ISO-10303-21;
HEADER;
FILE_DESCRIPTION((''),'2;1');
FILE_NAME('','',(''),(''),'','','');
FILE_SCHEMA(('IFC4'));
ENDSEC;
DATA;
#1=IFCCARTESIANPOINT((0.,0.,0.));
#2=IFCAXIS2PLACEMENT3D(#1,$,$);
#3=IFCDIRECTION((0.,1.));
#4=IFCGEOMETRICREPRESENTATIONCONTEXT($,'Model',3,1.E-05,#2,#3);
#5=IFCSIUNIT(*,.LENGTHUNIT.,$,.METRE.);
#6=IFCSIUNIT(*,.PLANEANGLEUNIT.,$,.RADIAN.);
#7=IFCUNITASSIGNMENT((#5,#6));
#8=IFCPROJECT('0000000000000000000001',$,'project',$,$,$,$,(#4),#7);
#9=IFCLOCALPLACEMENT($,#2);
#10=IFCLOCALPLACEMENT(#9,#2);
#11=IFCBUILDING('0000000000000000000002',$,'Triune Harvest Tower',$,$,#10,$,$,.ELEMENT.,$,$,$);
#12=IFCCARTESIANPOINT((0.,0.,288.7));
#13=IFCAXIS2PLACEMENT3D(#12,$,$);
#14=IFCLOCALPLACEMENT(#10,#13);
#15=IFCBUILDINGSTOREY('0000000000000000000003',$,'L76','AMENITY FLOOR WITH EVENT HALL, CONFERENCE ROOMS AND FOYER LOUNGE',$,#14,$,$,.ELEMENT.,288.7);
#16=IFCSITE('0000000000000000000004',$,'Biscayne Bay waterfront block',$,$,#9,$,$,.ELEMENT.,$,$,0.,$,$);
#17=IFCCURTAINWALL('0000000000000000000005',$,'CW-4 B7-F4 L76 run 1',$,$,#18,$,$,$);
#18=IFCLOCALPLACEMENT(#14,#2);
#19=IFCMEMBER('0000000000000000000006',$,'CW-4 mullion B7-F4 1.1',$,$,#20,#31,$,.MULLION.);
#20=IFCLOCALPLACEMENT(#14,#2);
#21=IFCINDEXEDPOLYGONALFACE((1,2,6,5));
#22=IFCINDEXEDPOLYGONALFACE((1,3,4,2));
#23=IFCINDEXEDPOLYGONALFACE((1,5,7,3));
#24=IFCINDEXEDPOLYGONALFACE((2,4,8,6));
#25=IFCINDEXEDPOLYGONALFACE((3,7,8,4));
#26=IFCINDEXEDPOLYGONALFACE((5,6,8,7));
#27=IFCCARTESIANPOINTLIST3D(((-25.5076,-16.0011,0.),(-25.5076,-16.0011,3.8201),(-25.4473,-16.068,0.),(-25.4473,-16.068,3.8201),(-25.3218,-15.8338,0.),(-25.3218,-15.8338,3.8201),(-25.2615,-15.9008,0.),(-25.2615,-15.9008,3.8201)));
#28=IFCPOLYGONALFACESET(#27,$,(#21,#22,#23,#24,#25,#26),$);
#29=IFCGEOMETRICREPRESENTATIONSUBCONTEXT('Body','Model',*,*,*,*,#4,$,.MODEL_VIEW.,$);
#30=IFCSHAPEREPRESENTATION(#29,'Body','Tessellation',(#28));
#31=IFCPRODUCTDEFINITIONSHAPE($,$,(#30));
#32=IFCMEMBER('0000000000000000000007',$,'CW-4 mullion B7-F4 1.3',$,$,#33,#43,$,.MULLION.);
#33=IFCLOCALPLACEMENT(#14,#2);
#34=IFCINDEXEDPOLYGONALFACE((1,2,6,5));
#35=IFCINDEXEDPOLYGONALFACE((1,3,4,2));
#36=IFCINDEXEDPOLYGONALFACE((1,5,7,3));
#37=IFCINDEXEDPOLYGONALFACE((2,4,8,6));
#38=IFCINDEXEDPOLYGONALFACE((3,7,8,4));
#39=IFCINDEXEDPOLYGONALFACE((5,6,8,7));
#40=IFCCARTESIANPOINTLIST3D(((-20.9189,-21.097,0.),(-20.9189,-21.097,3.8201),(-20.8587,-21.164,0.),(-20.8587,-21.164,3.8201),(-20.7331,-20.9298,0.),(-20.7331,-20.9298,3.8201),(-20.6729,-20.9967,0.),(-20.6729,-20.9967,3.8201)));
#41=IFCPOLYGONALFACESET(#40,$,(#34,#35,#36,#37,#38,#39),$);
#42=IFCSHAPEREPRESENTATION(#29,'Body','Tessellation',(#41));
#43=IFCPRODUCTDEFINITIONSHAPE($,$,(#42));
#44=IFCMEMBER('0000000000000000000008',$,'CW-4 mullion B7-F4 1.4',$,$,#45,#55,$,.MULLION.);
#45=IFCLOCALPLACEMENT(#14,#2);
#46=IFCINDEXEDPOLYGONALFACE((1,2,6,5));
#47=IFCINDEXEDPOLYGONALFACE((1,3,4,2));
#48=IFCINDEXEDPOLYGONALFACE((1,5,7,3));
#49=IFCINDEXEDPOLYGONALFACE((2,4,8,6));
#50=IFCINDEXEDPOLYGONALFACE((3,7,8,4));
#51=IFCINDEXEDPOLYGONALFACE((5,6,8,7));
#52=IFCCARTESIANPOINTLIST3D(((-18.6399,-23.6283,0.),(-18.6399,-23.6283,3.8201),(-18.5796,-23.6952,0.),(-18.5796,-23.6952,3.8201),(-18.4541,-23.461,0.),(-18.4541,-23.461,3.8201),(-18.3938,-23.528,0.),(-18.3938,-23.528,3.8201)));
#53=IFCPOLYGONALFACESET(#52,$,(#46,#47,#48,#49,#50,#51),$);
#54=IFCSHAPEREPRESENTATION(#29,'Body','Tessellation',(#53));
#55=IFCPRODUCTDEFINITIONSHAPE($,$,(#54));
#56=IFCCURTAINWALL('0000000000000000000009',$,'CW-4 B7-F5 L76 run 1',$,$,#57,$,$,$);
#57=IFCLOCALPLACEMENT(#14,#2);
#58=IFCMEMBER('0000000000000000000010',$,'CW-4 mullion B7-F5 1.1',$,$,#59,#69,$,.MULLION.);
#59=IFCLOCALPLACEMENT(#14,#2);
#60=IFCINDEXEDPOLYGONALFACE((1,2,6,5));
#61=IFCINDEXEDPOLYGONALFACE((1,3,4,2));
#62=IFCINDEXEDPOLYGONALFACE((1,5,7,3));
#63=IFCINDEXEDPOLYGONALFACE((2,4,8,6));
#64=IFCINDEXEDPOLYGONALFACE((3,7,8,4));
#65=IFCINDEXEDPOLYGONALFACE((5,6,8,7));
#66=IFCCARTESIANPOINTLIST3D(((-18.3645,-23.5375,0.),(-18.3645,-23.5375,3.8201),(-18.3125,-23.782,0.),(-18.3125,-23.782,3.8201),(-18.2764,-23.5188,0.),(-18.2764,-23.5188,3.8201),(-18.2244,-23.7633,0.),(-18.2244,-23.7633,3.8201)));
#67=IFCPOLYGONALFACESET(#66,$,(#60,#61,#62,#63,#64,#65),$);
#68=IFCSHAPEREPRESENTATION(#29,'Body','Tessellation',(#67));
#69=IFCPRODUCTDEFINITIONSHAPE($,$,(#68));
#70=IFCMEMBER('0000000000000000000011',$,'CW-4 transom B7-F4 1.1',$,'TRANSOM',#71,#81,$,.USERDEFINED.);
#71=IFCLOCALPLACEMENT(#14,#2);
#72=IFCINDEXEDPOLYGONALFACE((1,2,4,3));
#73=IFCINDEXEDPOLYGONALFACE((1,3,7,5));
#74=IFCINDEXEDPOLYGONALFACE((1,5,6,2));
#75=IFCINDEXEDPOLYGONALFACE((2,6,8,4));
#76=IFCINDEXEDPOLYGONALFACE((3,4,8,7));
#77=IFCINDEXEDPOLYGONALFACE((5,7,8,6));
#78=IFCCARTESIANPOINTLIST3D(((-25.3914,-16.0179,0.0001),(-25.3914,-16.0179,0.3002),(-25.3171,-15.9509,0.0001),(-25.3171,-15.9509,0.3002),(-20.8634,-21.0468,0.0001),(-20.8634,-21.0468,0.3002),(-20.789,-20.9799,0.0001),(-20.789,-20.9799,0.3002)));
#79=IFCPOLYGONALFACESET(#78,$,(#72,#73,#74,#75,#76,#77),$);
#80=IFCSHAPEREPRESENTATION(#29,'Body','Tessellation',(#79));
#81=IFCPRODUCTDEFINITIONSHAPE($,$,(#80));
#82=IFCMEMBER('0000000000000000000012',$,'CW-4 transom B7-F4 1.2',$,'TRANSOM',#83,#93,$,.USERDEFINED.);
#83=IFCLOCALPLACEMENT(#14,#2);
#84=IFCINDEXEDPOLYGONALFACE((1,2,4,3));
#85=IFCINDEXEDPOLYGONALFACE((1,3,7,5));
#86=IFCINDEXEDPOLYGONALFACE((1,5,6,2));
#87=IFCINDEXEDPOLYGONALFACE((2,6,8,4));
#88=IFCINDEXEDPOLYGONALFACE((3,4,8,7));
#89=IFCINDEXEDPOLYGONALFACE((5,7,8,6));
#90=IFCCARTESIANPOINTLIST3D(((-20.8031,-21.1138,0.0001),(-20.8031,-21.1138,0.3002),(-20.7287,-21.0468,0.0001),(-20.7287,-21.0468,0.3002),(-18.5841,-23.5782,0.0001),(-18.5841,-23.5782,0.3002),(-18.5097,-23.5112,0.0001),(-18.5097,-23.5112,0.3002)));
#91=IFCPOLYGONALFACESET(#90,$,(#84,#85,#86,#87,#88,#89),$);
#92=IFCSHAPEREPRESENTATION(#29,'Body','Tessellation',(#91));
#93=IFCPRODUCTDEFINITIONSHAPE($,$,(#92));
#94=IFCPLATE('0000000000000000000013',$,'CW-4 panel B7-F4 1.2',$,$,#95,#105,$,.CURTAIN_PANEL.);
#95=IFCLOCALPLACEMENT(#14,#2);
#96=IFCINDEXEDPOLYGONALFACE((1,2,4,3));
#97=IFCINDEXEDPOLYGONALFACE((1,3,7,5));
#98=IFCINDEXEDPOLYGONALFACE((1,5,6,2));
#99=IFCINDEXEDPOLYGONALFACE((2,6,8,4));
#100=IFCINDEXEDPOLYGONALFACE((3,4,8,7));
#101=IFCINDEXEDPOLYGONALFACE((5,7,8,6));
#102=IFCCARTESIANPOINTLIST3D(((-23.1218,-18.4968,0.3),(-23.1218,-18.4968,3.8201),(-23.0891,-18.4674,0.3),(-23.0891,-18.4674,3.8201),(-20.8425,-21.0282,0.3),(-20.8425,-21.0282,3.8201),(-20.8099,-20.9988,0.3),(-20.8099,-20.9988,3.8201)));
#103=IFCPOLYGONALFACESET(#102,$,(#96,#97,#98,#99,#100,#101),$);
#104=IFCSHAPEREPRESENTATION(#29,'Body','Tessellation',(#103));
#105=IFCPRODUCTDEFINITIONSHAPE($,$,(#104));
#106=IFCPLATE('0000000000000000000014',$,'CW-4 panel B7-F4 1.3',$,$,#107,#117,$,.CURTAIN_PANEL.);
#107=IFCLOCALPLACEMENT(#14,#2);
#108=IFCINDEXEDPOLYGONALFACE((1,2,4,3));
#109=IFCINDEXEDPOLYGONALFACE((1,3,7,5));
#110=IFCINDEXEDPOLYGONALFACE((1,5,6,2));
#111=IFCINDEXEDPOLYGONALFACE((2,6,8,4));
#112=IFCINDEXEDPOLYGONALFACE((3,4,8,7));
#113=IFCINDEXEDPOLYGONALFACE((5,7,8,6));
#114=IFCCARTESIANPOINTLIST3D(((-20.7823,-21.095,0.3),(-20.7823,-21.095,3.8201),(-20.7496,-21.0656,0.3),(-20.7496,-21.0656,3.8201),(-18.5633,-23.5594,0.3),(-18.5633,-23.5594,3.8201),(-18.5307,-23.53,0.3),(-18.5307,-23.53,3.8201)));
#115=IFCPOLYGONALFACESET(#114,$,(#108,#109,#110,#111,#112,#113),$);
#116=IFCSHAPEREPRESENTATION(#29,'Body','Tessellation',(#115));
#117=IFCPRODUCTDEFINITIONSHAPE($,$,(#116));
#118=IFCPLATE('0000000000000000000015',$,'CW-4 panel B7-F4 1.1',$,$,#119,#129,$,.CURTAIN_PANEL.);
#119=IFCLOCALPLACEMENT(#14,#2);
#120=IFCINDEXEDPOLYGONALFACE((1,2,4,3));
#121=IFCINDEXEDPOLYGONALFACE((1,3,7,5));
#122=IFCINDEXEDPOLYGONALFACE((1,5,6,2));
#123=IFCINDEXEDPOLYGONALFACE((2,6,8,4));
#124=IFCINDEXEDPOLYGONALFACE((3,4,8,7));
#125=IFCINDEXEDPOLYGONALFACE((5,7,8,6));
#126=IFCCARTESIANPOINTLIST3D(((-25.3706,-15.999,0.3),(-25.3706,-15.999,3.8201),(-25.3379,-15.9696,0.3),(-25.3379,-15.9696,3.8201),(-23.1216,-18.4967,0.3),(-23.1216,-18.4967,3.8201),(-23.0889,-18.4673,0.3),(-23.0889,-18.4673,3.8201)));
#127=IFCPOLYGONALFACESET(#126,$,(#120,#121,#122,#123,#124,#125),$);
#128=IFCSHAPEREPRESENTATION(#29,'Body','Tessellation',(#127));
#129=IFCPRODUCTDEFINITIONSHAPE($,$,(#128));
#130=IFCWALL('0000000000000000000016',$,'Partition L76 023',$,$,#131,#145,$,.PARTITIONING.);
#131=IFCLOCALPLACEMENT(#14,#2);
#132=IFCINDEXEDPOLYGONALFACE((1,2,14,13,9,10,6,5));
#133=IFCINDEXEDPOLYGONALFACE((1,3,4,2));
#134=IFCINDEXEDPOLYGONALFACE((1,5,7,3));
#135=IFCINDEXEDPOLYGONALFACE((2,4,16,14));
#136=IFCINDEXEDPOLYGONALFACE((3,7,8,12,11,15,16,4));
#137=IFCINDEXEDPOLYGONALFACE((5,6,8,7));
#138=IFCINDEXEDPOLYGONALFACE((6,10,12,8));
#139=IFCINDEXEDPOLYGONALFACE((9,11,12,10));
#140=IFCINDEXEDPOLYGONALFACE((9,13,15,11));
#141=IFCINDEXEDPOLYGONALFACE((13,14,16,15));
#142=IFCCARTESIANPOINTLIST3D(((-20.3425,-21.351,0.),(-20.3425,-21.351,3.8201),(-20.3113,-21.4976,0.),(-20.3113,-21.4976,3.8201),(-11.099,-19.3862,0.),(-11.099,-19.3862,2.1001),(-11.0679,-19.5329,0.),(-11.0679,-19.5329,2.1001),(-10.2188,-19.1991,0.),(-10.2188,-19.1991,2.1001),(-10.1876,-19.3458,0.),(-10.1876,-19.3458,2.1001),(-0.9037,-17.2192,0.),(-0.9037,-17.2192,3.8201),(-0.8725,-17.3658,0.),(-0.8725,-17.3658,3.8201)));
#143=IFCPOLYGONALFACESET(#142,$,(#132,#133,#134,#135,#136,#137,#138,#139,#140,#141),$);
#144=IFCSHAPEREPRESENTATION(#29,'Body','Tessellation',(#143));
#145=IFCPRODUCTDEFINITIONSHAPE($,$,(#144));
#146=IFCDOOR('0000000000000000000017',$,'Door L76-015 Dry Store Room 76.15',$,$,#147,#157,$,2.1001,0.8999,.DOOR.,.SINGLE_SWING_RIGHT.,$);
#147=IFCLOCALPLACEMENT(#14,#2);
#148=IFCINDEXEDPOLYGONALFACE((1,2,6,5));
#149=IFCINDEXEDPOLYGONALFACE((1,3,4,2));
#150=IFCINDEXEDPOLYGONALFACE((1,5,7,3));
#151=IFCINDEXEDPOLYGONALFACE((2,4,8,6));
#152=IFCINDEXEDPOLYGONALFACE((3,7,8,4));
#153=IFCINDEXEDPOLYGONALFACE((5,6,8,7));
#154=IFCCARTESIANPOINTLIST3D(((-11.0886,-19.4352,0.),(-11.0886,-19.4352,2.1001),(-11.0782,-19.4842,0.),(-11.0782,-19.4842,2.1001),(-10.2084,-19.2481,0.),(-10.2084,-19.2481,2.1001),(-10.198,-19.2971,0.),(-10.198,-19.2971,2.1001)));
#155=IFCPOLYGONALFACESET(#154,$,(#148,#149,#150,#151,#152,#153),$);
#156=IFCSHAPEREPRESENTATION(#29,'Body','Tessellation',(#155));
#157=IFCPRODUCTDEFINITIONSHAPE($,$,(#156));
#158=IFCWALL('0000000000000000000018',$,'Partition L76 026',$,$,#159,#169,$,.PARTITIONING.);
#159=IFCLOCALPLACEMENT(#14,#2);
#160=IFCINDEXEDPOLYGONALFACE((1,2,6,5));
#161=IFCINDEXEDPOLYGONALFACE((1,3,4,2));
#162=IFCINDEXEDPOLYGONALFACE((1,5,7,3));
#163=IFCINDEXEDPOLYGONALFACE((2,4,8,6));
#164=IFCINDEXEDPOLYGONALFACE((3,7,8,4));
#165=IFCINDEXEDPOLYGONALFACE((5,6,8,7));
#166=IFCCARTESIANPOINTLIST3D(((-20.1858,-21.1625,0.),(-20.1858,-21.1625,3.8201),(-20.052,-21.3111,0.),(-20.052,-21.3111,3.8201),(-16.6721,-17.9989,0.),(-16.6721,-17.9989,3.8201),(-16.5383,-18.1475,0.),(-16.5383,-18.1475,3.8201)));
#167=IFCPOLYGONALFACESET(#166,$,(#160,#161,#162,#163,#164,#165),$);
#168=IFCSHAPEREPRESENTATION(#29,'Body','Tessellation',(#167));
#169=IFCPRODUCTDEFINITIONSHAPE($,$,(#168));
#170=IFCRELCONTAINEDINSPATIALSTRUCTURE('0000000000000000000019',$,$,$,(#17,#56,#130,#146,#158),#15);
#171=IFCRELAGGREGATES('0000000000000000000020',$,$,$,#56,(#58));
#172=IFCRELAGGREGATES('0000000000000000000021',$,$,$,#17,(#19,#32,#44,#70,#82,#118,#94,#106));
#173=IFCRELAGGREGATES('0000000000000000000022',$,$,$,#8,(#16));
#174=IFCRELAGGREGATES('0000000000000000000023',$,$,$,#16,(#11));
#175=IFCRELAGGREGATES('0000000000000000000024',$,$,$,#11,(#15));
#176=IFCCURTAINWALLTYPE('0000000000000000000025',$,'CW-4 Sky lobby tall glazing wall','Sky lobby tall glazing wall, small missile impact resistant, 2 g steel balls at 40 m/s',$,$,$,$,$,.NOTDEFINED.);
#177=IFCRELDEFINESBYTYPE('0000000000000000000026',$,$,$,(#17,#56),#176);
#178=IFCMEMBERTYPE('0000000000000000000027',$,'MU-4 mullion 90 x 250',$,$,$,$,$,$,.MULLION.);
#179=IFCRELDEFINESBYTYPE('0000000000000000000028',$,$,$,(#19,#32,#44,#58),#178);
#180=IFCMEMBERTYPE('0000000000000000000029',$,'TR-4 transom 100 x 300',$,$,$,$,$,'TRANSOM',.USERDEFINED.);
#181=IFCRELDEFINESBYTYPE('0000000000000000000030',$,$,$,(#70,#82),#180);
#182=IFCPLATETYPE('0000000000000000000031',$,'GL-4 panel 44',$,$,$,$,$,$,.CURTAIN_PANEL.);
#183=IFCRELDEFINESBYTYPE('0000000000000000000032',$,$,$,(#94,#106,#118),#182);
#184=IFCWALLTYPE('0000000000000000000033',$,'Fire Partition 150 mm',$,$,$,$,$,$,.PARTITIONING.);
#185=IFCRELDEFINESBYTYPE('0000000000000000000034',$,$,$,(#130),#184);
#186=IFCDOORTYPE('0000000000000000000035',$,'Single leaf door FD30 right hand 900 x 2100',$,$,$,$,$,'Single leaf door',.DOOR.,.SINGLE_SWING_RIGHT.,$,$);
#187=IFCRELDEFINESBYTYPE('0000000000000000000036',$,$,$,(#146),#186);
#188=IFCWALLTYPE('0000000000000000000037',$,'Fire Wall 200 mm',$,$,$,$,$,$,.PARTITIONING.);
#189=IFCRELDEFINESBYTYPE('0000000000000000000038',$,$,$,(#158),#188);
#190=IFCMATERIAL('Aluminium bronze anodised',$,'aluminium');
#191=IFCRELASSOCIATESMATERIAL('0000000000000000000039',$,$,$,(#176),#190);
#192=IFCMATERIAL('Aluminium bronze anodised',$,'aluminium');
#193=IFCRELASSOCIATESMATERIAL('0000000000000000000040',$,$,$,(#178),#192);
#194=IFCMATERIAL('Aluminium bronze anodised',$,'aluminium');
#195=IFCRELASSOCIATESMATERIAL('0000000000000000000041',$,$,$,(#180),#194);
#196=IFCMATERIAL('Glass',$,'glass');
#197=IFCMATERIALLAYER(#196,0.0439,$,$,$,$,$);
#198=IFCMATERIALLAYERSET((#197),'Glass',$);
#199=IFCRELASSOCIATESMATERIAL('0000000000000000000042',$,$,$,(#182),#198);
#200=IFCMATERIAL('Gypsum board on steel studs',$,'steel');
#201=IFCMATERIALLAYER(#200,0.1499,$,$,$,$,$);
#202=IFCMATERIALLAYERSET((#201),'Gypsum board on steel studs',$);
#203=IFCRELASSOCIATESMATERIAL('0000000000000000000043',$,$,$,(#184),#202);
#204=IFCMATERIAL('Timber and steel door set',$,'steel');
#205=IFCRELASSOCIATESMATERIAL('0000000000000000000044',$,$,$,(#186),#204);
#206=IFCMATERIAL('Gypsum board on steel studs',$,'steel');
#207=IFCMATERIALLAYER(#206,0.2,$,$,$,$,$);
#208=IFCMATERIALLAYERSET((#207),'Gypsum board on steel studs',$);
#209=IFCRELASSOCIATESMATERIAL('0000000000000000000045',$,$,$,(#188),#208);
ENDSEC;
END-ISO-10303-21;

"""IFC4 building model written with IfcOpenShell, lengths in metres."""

from ifc_helpers import new_model, si_unit, direction, frame, frame_2d, origin, origin_2d, place, context, subcontext, project, spatial, rectangle, extrude, source, transform, mapped, material, layer, layer_set, material_profile, profile_set, type_object, element, fill, aggregate, save


model = new_model("IFC4")

# Units and contexts
model_context = context("Model", 3, precision=1e-05, world=origin(), true_north=direction((0.0, 1.0)))
body_context = subcontext(model_context, "Body", "Model", "MODEL_VIEW")
ifc_project = project(units=[si_unit("LENGTHUNIT", "METRE"), si_unit("PLANEANGLEUNIT", "RADIAN")], contexts=[model_context])

# Site, building, storey
site_placement = place(None, origin())
site = spatial("IfcSite", under=ifc_project, at=site_placement, Name="Biscayne Bay waterfront block", CompositionType="ELEMENT", RefElevation=0.0)
building_placement = place(site_placement, origin())
building = spatial("IfcBuilding", under=site, at=building_placement, Name="Triune Harvest Tower", CompositionType="ELEMENT")
storey_placement = place(building_placement, frame((0.0, 0.0, 288.7)))
storey = spatial("IfcBuildingStorey", under=building, at=storey_placement, Name="L76", Description="AMENITY FLOOR WITH EVENT HALL, CONFERENCE ROOMS AND FOYER LOUNGE", CompositionType="ELEMENT", Elevation=288.7)

# Shared definitions
ifc_material_1 = material(Name="Aluminium bronze anodised", Category="aluminium")
curtain_wall_type = type_object("IfcCurtainWallType", Name="CW-4 Sky lobby tall glazing wall", Description="Sky lobby tall glazing wall, small missile impact resistant, 2 g steel balls at 40 m/s", PredefinedType="NOTDEFINED", material=ifc_material_1)
ifc_material_2 = material(Name="Aluminium bronze anodised", Category="aluminium")
ifc_material_profile_1 = material_profile(ifc_material_2, rectangle(XDim=0.25, YDim=0.0901, at=origin_2d()), Name="MU-4 mullion 90 x 250")
ifc_profile_set_1 = profile_set([ifc_material_profile_1], Name="Aluminium bronze anodised")
member_type_1 = type_object("IfcMemberType", Name="MU-4 mullion 90 x 250", PredefinedType="MULLION", material=ifc_profile_set_1)
shared_shape_1 = source(origin(), body_context, "Body", "SweptSolid", [
    extrude(rectangle(XDim=0.25, YDim=0.0901, at=origin_2d()), origin(), (0.0, 0.0, 1.0), 3.8201),
])

# Curtain wall, members
curtain_wall_1_placement = place(storey_placement, origin())
curtain_wall_1 = element("IfcCurtainWall", 1, at=curtain_wall_1_placement, inside=storey, type_object=curtain_wall_type, Name="CW-4 B7-F4 L76 run 1")
member_1_placement = place(storey_placement, frame((-25.3845, -15.9509, 0.0), z_axis=(0.0, 0.0, 1.0), x_axis=(0.743144, 0.669132, 0.0)))
member_1 = element("IfcMember", 2, at=member_1_placement, type_object=member_type_1, Name="CW-4 mullion B7-F4 1.1", PredefinedType="MULLION", context=body_context, shape_type="MappedRepresentation", body=[
    mapped(shared_shape_1, transform((0.0, 0.0, 0.0), scale=1.0)),
])
member_2_placement = place(storey_placement, frame((-20.7959, -21.0469, 0.0), z_axis=(0.0, 0.0, 1.0), x_axis=(0.743144, 0.669132, 0.0)))
member_2 = element("IfcMember", 3, at=member_2_placement, type_object=member_type_1, Name="CW-4 mullion B7-F4 1.3", PredefinedType="MULLION", context=body_context, shape_type="MappedRepresentation", body=[
    mapped(shared_shape_1, transform((0.0, 0.0, 0.0), scale=1.0)),
])
member_3_placement = place(storey_placement, frame((-18.5168, -23.5781, 0.0), z_axis=(0.0, 0.0, 1.0), x_axis=(0.743144, 0.669132, 0.0)))
member_3 = element("IfcMember", 4, at=member_3_placement, type_object=member_type_1, Name="CW-4 mullion B7-F4 1.4", PredefinedType="MULLION", context=body_context, shape_type="MappedRepresentation", body=[
    mapped(shared_shape_1, transform((0.0, 0.0, 0.0), scale=1.0)),
])

# Curtain wall, member
curtain_wall_2_placement = place(storey_placement, origin())
curtain_wall_2 = element("IfcCurtainWall", 5, at=curtain_wall_2_placement, inside=storey, type_object=curtain_wall_type, Name="CW-4 B7-F5 L76 run 1")
member_4_placement = place(storey_placement, frame((-18.2944, -23.6504, 0.0), z_axis=(0.0, 0.0, 1.0), x_axis=(-0.207901, 0.97815, 0.0)))
member_4 = element("IfcMember", 6, at=member_4_placement, type_object=member_type_1, Name="CW-4 mullion B7-F5 1.1", PredefinedType="MULLION", context=body_context, shape_type="MappedRepresentation", body=[
    mapped(shared_shape_1, transform((0.0, 0.0, 0.0), scale=1.0)),
])
aggregate(curtain_wall_2, [member_4])

# Members
ifc_material_3 = material(Name="Aluminium bronze anodised", Category="aluminium")
ifc_material_profile_2 = material_profile(ifc_material_3, rectangle(XDim=0.1001, YDim=0.3, at=origin_2d()), Name="TR-4 transom 100 x 300")
ifc_profile_set_2 = profile_set([ifc_material_profile_2], Name="Aluminium bronze anodised")
member_type_2 = type_object("IfcMemberType", Name="TR-4 transom 100 x 300", ElementType="TRANSOM", PredefinedType="USERDEFINED", material=ifc_profile_set_2)
shared_shape_2 = source(origin(), body_context, "Body", "SweptSolid", [
    extrude(rectangle(XDim=0.1001, YDim=0.3, at=origin_2d()), origin(), (0.0, 0.0, 1.0), 6.7671),
])
member_5_placement = place(storey_placement, frame((-25.3542, -15.9844, 0.1501), z_axis=(0.669122, -0.743152, 0.0), x_axis=(0.743152, 0.669122, 0.0)))
member_5 = element("IfcMember", 7, at=member_5_placement, type_object=member_type_2, Name="CW-4 transom B7-F4 1.1", ObjectType="TRANSOM", PredefinedType="USERDEFINED", context=body_context, shape_type="MappedRepresentation", body=[
    mapped(shared_shape_2, transform((0.0, 0.0, 0.0), scale=1.0)),
])
shared_shape_3 = source(origin(), body_context, "Body", "SweptSolid", [
    extrude(rectangle(XDim=0.1001, YDim=0.3, at=origin_2d()), origin(), (0.0, 0.0, 1.0), 3.3162),
])
member_6_placement = place(storey_placement, frame((-20.7659, -21.0803, 0.1501), z_axis=(0.669144, -0.743133, 0.0), x_axis=(0.743133, 0.669144, 0.0)))
member_6 = element("IfcMember", 8, at=member_6_placement, type_object=member_type_2, Name="CW-4 transom B7-F4 1.2", ObjectType="TRANSOM", PredefinedType="USERDEFINED", context=body_context, shape_type="MappedRepresentation", body=[
    mapped(shared_shape_3, transform((0.0, 0.0, 0.0), scale=1.0)),
])

# Plates
ifc_material_4 = material(Name="Glass", Category="glass")
ifc_layer_1 = layer(ifc_material_4, 0.0439)
ifc_layer_set_1 = layer_set([ifc_layer_1], Name="Glass")
plate_type = type_object("IfcPlateType", Name="GL-4 panel 44", PredefinedType="CURTAIN_PANEL", material=ifc_layer_set_1)
shared_shape_4 = source(origin(), body_context, "Body", "SweptSolid", [
    extrude(rectangle(XDim=3.4062, YDim=0.0439, at=origin_2d()), origin(), (0.0, 0.0, 1.0), 3.52),
])
plate_1_placement = place(storey_placement, frame((-21.9658, -19.7478, 0.3), z_axis=(0.0, 0.0, 1.0), x_axis=(0.669132, -0.743144, 0.0)))
plate_1 = element("IfcPlate", 9, at=plate_1_placement, type_object=plate_type, Name="CW-4 panel B7-F4 1.2", PredefinedType="CURTAIN_PANEL", context=body_context, shape_type="MappedRepresentation", body=[
    mapped(shared_shape_4, transform((0.0, 0.0, 0.0), scale=1.0)),
])
shared_shape_5 = source(origin(), body_context, "Body", "SweptSolid", [
    extrude(rectangle(XDim=3.3162, YDim=0.0439, at=origin_2d()), origin(), (0.0, 0.0, 1.0), 3.52),
])
plate_2_placement = place(storey_placement, frame((-19.6565, -22.3125, 0.3), z_axis=(0.0, 0.0, 1.0), x_axis=(0.669132, -0.743144, 0.0)))
plate_2 = element("IfcPlate", 10, at=plate_2_placement, type_object=plate_type, Name="CW-4 panel B7-F4 1.3", PredefinedType="CURTAIN_PANEL", context=body_context, shape_type="MappedRepresentation", body=[
    mapped(shared_shape_5, transform((0.0, 0.0, 0.0), scale=1.0)),
])
shared_shape_6 = source(origin(), body_context, "Body", "SweptSolid", [
    extrude(rectangle(XDim=3.3611, YDim=0.0439, at=origin_2d()), origin(), (0.0, 0.0, 1.0), 3.52),
])
plate_3_placement = place(storey_placement, frame((-24.2297, -17.2332, 0.3), z_axis=(0.0, 0.0, 1.0), x_axis=(0.669132, -0.743144, 0.0)))
plate_3 = element("IfcPlate", 11, at=plate_3_placement, type_object=plate_type, Name="CW-4 panel B7-F4 1.1", PredefinedType="CURTAIN_PANEL", context=body_context, shape_type="MappedRepresentation", body=[
    mapped(shared_shape_6, transform((0.0, 0.0, 0.0), scale=1.0)),
])
aggregate(curtain_wall_1, [member_1, member_2, member_3, member_5, member_6, plate_3, plate_1, plate_2])

# Wall, opening, door
ifc_material_5 = material(Name="Gypsum board on steel studs", Category="steel")
ifc_layer_2 = layer(ifc_material_5, 0.1499)
ifc_layer_set_2 = layer_set([ifc_layer_2], Name="Gypsum board on steel studs")
wall_type_1 = type_object("IfcWallType", Name="Fire Partition 150 mm", PredefinedType="PARTITIONING", material=ifc_layer_set_2)
wall_1_placement = place(storey_placement, frame((-20.3269, -21.4243, 0.0), z_axis=(0.0, 0.0, 1.0), x_axis=(0.978148, 0.207912, 0.0)))
wall_1 = element("IfcWall", 12, at=wall_1_placement, inside=storey, type_object=wall_type_1, Name="Partition L76 023", PredefinedType="PARTITIONING", context=body_context, shape_type="SweptSolid", body=[
    extrude(rectangle(XDim=19.873, YDim=0.1499, at=frame_2d((9.9365, 0.0))), origin(), (0.0, 0.0, 1.0), 3.8201),
])
opening_placement = place(wall_1_placement, frame((9.45, 0.0, 0.0)))
opening = element("IfcOpeningElement", 13, at=opening_placement, cuts=wall_1, PredefinedType="OPENING", context=body_context, shape_type="SweptSolid", body=[
    extrude(rectangle(XDim=0.8999, YDim=2.1001, at=frame_2d((0.45, 1.05))), frame((0.0, 0.085, 0.0), z_axis=(0.0, -1.0, 0.0), x_axis=(1.0, 0.0, 0.0)), (0.0, 0.0, 1.0), 0.1699),
])
ifc_material_6 = material(Name="Timber and steel door set", Category="steel")
door_type = type_object("IfcDoorType", Name="Single leaf door FD30 right hand 900 x 2100", ElementType="Single leaf door", OperationType="SINGLE_SWING_RIGHT", PredefinedType="DOOR", material=ifc_material_6)
door_placement = place(opening_placement, origin())
door = element("IfcDoor", 14, at=door_placement, inside=storey, type_object=door_type, Name="Door L76-015 Dry Store Room 76.15", OperationType="SINGLE_SWING_RIGHT", OverallHeight=2.1001, OverallWidth=0.8999, PredefinedType="DOOR", context=body_context, shape_type="SweptSolid", body=[
    extrude(rectangle(XDim=0.8999, YDim=2.1001, at=frame_2d((0.45, 1.05))), frame((0.0, 0.0249, 0.0), z_axis=(0.0, -1.0, 0.0), x_axis=(1.0, 0.0, 0.0)), (0.0, 0.0, 1.0), 0.05),
])
fill(opening, door)

# Wall
ifc_material_7 = material(Name="Gypsum board on steel studs", Category="steel")
ifc_layer_3 = layer(ifc_material_7, 0.2)
ifc_layer_set_3 = layer_set([ifc_layer_3], Name="Gypsum board on steel studs")
wall_type_2 = type_object("IfcWallType", Name="Fire Wall 200 mm", PredefinedType="PARTITIONING", material=ifc_layer_set_3)
wall_2_placement = place(storey_placement, frame((-20.1189, -21.2368, 0.0), z_axis=(0.0, 0.0, 1.0), x_axis=(0.743161, 0.669113, 0.0)))
element("IfcWall", 15, at=wall_2_placement, inside=storey, type_object=wall_type_2, Name="Partition L76 026", PredefinedType="PARTITIONING", context=body_context, shape_type="SweptSolid", body=[
    extrude(rectangle(XDim=4.728, YDim=0.2, at=frame_2d((2.364, 0.0))), origin(), (0.0, 0.0, 1.0), 3.8201),
])

save(model, "model.ifc")
